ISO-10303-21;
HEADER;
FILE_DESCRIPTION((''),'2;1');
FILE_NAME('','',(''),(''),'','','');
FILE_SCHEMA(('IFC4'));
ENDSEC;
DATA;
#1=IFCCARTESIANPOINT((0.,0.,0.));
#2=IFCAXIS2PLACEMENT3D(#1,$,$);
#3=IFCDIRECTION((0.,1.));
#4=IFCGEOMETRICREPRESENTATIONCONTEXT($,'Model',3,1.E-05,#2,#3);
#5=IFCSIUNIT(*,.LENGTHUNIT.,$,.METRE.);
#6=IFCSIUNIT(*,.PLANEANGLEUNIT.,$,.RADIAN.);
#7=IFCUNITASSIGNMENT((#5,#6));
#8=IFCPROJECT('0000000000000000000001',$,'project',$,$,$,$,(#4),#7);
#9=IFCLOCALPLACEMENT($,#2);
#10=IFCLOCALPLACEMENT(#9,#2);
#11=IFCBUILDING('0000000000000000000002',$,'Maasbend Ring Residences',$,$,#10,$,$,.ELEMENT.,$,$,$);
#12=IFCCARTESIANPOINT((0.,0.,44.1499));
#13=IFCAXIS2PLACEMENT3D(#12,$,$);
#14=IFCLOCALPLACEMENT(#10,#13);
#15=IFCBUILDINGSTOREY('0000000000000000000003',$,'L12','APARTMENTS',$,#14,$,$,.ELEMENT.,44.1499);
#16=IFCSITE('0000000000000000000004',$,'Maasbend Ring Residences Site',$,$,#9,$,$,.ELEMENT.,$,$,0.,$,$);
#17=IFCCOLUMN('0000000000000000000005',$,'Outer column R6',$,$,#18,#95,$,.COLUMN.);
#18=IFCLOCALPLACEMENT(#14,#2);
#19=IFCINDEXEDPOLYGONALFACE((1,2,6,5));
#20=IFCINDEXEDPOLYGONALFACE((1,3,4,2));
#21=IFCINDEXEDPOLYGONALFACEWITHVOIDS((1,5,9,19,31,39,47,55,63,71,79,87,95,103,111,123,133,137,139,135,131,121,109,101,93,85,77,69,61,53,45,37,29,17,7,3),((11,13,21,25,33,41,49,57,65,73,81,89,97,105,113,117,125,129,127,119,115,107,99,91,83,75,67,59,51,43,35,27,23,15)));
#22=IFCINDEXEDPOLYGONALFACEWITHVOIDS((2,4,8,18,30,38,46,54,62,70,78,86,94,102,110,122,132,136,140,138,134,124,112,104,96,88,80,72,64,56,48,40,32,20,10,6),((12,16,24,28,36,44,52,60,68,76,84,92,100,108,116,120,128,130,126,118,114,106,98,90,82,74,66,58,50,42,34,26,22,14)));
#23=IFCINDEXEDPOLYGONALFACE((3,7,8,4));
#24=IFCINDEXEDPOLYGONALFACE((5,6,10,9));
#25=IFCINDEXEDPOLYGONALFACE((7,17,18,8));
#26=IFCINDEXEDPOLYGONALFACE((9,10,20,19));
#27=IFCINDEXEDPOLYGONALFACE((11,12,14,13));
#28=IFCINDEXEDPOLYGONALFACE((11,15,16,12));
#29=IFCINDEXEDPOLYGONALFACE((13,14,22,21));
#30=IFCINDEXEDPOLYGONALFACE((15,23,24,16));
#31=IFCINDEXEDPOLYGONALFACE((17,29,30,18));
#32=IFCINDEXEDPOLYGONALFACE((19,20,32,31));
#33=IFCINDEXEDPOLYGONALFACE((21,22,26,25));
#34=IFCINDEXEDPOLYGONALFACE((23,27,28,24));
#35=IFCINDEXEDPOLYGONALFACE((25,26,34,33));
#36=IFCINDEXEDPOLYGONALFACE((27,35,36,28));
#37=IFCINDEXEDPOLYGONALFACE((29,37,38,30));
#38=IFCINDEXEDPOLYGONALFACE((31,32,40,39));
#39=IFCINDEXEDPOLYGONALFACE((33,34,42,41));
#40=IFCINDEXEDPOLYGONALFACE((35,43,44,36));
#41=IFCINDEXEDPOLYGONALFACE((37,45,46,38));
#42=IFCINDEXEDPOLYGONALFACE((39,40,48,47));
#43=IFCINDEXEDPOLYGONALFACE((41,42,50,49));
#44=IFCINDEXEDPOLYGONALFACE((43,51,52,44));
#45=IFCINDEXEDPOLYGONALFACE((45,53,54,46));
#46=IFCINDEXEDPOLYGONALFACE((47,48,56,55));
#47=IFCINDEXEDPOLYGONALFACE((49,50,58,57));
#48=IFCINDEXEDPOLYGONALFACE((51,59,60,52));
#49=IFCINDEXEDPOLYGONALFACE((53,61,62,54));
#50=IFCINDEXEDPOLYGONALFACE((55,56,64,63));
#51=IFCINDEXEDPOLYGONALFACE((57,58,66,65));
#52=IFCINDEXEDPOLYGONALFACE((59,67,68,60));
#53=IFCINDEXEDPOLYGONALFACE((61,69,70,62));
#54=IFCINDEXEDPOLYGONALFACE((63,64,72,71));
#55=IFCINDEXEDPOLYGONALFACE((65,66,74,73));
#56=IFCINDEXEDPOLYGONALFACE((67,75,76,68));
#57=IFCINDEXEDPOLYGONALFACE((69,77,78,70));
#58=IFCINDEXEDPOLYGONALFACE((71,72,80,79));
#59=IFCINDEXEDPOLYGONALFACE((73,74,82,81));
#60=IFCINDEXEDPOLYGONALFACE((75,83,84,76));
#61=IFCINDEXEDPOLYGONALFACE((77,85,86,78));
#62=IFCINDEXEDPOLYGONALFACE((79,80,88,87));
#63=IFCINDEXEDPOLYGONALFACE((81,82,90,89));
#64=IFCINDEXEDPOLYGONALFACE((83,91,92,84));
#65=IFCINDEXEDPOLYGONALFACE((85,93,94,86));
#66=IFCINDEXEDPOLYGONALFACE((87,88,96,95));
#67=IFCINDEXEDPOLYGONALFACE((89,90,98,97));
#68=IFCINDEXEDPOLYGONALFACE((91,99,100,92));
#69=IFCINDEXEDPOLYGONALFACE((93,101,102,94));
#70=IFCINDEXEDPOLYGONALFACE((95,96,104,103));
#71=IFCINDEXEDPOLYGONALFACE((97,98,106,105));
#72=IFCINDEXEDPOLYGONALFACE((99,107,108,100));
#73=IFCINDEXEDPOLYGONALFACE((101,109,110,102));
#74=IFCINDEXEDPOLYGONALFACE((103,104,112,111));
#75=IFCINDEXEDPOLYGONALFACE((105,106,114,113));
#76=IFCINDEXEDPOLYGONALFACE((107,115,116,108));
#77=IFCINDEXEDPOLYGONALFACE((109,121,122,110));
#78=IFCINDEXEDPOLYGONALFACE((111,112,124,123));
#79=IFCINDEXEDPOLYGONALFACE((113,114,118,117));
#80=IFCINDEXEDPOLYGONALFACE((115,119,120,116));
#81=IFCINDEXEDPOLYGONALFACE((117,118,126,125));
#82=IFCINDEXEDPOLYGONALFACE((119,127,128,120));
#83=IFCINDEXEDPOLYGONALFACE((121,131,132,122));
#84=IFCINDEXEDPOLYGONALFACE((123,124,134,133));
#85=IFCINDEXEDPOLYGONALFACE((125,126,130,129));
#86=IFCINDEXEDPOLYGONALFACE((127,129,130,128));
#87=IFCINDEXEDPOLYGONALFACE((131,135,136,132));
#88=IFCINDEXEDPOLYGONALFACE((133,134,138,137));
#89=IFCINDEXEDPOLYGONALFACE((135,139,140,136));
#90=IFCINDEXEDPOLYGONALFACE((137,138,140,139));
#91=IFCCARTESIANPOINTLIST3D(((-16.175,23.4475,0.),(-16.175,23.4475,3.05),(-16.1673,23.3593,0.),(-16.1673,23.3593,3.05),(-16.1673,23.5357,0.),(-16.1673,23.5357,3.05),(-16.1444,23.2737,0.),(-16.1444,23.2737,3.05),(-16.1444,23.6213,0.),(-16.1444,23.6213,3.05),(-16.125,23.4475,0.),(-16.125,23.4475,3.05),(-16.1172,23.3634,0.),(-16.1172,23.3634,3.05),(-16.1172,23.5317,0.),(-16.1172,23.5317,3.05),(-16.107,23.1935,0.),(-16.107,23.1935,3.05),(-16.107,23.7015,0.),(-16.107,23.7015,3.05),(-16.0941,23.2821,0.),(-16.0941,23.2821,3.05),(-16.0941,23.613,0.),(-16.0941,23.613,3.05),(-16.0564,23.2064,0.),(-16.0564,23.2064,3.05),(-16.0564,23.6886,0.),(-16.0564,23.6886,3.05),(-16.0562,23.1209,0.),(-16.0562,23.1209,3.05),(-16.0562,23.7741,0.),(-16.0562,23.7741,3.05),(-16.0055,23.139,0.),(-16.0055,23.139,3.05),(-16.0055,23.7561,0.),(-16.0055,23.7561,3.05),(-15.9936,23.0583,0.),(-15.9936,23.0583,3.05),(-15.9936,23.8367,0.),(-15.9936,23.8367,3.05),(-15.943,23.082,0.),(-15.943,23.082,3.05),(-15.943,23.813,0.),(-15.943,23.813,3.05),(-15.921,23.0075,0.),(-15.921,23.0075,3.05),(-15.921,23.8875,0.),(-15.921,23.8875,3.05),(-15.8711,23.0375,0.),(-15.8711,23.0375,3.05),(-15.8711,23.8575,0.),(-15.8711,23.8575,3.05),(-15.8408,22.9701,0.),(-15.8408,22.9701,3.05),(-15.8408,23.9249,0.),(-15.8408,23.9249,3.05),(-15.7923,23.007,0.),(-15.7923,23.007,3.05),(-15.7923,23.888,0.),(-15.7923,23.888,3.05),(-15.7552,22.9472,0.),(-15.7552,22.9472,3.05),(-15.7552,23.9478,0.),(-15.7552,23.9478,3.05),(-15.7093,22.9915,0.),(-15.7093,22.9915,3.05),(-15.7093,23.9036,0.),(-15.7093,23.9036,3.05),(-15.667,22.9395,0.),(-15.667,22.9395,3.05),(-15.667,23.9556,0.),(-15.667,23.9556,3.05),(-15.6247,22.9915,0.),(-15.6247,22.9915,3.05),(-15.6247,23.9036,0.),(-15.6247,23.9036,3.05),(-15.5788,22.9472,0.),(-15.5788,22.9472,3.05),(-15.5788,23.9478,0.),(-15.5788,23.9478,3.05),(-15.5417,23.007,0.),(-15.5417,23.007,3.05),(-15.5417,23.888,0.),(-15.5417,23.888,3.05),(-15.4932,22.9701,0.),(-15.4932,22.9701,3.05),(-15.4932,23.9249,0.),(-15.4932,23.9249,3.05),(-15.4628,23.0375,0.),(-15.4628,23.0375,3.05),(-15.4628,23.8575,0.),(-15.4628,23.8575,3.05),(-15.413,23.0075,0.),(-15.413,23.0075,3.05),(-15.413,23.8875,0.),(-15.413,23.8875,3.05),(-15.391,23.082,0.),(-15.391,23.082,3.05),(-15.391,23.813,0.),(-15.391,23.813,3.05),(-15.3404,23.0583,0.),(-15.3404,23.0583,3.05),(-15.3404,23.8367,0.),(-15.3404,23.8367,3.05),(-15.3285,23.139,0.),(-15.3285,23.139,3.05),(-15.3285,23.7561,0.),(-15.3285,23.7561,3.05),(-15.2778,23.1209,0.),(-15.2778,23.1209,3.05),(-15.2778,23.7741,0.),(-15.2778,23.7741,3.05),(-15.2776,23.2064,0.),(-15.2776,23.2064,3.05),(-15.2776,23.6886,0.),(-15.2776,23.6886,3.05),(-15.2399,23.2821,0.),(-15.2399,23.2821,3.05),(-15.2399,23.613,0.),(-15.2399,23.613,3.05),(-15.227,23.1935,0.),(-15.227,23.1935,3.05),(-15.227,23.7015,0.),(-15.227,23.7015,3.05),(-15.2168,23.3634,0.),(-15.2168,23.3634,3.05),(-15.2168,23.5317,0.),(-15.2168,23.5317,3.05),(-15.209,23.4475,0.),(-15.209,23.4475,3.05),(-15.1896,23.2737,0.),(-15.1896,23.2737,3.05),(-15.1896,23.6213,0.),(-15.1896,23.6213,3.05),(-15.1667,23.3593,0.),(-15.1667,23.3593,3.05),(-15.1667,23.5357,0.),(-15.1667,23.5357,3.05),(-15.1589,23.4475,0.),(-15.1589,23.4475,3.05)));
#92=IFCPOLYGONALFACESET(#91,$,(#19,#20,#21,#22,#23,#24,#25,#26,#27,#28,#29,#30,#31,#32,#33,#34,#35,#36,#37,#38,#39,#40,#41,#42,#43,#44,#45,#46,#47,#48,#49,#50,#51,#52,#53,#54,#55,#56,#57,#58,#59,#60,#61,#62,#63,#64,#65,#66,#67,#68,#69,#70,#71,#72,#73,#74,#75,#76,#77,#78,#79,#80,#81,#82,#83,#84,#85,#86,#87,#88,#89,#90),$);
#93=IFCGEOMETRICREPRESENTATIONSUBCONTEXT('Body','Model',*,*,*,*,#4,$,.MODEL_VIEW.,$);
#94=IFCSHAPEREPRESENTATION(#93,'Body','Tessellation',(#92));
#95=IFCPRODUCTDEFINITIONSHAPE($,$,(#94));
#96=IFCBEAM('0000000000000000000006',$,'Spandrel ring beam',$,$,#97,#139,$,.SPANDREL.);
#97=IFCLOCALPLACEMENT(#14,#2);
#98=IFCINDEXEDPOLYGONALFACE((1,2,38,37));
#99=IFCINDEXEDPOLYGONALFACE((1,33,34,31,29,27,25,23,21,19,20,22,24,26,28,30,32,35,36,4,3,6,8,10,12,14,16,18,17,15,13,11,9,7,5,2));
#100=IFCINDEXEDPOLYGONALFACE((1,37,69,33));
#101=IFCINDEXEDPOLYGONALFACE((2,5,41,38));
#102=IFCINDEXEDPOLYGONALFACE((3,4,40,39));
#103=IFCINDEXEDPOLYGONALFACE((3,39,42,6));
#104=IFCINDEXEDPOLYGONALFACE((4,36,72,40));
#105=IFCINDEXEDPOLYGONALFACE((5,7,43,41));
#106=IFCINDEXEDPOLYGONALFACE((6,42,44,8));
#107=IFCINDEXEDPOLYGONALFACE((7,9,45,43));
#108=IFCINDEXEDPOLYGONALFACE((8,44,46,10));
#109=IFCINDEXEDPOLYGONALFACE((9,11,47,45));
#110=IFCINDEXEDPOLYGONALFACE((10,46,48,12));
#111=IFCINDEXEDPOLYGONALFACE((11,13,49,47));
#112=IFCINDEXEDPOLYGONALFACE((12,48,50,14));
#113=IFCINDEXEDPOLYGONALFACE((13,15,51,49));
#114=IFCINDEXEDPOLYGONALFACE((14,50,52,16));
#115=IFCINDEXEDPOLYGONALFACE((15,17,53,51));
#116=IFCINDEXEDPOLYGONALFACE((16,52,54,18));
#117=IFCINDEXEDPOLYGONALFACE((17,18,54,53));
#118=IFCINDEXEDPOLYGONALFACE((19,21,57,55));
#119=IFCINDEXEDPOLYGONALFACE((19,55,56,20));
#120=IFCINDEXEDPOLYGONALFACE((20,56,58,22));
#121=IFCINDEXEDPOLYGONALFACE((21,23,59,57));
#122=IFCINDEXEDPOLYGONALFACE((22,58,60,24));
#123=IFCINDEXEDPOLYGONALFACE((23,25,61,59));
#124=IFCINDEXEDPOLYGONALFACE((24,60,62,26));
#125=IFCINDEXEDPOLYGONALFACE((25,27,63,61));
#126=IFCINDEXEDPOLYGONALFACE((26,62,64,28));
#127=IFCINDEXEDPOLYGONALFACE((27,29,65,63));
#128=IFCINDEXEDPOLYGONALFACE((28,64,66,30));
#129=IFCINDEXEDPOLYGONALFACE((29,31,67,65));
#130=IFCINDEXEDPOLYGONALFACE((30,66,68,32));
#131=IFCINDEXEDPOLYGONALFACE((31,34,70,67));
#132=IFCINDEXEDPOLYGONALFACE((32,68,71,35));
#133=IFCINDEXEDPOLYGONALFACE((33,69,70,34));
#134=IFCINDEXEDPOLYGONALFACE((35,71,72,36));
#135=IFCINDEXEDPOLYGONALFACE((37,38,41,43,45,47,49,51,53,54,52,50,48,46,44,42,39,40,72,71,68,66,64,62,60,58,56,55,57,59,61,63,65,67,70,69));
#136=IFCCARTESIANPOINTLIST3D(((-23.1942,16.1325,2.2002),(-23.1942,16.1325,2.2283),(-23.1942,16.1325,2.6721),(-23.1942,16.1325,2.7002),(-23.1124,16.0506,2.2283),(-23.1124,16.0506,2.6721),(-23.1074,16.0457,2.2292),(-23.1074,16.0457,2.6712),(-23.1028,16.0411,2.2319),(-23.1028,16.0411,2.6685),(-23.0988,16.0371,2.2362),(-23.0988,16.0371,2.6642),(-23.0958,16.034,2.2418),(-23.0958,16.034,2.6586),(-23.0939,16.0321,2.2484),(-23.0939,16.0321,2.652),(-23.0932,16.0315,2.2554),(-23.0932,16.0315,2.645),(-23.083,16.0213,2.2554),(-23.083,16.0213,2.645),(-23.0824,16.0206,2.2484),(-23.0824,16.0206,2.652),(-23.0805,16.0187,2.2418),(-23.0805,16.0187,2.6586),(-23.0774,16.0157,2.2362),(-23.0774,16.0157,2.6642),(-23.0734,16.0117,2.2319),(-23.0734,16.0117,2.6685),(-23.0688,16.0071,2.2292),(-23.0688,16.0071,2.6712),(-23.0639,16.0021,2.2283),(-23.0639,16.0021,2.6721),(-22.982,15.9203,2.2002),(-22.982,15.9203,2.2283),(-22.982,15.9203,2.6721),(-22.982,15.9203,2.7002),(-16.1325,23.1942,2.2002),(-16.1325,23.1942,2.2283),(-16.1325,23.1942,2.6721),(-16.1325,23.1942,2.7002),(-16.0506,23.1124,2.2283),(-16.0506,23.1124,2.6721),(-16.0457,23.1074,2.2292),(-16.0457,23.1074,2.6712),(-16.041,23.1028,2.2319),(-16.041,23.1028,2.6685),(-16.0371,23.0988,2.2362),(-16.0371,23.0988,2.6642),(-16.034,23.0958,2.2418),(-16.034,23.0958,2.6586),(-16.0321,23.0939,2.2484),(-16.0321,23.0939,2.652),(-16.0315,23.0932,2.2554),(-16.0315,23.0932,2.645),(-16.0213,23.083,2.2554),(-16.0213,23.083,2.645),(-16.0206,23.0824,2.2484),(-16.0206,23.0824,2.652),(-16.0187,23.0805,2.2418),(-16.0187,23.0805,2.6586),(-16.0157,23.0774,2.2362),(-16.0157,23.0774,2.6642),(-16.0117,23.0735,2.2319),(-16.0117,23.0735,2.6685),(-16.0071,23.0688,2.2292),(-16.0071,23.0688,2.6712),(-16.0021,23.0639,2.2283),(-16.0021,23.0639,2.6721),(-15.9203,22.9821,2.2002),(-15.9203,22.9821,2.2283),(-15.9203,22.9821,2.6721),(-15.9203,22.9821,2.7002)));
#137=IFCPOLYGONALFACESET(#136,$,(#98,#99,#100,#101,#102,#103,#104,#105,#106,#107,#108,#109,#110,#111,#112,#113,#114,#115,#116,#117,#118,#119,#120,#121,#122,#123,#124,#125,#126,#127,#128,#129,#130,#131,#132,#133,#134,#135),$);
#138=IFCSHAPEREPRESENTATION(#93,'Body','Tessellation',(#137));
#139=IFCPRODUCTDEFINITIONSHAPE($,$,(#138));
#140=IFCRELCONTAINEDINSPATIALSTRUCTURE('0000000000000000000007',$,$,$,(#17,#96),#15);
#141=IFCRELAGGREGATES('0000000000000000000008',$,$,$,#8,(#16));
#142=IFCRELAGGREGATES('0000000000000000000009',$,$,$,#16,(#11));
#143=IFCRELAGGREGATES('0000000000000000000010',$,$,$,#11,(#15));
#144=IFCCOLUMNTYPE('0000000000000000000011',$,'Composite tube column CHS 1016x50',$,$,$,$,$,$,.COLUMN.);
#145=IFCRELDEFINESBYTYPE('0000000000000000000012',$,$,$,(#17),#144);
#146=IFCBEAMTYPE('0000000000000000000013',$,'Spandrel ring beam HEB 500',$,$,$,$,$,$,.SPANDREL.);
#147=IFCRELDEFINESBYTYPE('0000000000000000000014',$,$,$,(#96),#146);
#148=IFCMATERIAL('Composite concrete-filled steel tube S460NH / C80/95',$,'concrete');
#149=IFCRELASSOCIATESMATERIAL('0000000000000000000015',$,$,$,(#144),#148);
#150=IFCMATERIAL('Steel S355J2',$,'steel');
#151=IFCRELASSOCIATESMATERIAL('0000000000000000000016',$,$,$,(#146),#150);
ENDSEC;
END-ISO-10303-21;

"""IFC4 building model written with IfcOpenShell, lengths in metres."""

from ifc_helpers import new_model, si_unit, direction, frame, origin, origin_2d, place, context, subcontext, project, spatial, hollow_circle, i_section, extrude, material, material_profile, profile_set, type_object, element, save


model = new_model("IFC4")

# Units and contexts
model_context = context("Model", 3, precision=1e-05, world=origin(), true_north=direction((0.0, 1.0)))
body_context = subcontext(model_context, "Body", "Model", "MODEL_VIEW")
ifc_project = project(units=[si_unit("LENGTHUNIT", "METRE"), si_unit("PLANEANGLEUNIT", "RADIAN")], contexts=[model_context])

# Site, building, storey
site_placement = place(None, origin())
site = spatial("IfcSite", under=ifc_project, at=site_placement, Name="Maasbend Ring Residences Site", CompositionType="ELEMENT", RefElevation=0.0)
building_placement = place(site_placement, origin())
building = spatial("IfcBuilding", under=site, at=building_placement, Name="Maasbend Ring Residences", CompositionType="ELEMENT")
storey_placement = place(building_placement, frame((0.0, 0.0, 44.1499)))
storey = spatial("IfcBuildingStorey", under=building, at=storey_placement, Name="L12", Description="APARTMENTS", CompositionType="ELEMENT", Elevation=44.1499)

# Column
ifc_material_1 = material(Name="Composite concrete-filled steel tube S460NH / C80/95", Category="concrete")
ifc_material_profile_1 = material_profile(ifc_material_1, hollow_circle(Radius=0.5081, WallThickness=0.05, at=origin_2d()), Name="Composite tube column CHS 1016x50")
ifc_profile_set_1 = profile_set([ifc_material_profile_1], Name="Composite concrete-filled steel tube S460NH / C80/95")
column_type = type_object("IfcColumnType", Name="Composite tube column CHS 1016x50", PredefinedType="COLUMN", material=ifc_profile_set_1)
column_placement = place(storey_placement, frame((-15.667, 23.4475, 0.0), z_axis=(0.0, 0.0, 1.0), x_axis=(1.0, 0.0, 0.0)))
element("IfcColumn", 1, at=column_placement, inside=storey, type_object=column_type, Name="Outer column R6", PredefinedType="COLUMN", context=body_context, shape_type="SweptSolid", body=[
    extrude(hollow_circle(Radius=0.5081, WallThickness=0.05, at=origin_2d()), origin(), (0.0, 0.0, 1.0), 3.05),
])

# Beam
ifc_material_2 = material(Name="Steel S355J2", Category="steel")
ifc_material_profile_2 = material_profile(ifc_material_2, i_section(OverallWidth=0.3, OverallDepth=0.5, WebThickness=0.0144, FlangeThickness=0.0281, FilletRadius=0.0271, at=origin_2d()), Name="HEB 500")
ifc_profile_set_2 = profile_set([ifc_material_profile_2], Name="Steel S355J2")
beam_type = type_object("IfcBeamType", Name="Spandrel ring beam HEB 500", PredefinedType="SPANDREL", material=ifc_profile_set_2)
beam_placement = place(storey_placement, frame((-16.0264, 23.0881, 2.4502), z_axis=(-0.707107, -0.707107, 0.0), x_axis=(0.707107, -0.707107, 0.0)))
element("IfcBeam", 2, at=beam_placement, inside=storey, type_object=beam_type, Name="Spandrel ring beam", PredefinedType="SPANDREL", context=body_context, shape_type="SweptSolid", body=[
    extrude(i_section(OverallWidth=0.3, OverallDepth=0.5, WebThickness=0.0144, FlangeThickness=0.0281, FilletRadius=0.0271, at=origin_2d()), origin(), (0.0, 0.0, 1.0), 9.9868),
])

save(model, "model.ifc")
